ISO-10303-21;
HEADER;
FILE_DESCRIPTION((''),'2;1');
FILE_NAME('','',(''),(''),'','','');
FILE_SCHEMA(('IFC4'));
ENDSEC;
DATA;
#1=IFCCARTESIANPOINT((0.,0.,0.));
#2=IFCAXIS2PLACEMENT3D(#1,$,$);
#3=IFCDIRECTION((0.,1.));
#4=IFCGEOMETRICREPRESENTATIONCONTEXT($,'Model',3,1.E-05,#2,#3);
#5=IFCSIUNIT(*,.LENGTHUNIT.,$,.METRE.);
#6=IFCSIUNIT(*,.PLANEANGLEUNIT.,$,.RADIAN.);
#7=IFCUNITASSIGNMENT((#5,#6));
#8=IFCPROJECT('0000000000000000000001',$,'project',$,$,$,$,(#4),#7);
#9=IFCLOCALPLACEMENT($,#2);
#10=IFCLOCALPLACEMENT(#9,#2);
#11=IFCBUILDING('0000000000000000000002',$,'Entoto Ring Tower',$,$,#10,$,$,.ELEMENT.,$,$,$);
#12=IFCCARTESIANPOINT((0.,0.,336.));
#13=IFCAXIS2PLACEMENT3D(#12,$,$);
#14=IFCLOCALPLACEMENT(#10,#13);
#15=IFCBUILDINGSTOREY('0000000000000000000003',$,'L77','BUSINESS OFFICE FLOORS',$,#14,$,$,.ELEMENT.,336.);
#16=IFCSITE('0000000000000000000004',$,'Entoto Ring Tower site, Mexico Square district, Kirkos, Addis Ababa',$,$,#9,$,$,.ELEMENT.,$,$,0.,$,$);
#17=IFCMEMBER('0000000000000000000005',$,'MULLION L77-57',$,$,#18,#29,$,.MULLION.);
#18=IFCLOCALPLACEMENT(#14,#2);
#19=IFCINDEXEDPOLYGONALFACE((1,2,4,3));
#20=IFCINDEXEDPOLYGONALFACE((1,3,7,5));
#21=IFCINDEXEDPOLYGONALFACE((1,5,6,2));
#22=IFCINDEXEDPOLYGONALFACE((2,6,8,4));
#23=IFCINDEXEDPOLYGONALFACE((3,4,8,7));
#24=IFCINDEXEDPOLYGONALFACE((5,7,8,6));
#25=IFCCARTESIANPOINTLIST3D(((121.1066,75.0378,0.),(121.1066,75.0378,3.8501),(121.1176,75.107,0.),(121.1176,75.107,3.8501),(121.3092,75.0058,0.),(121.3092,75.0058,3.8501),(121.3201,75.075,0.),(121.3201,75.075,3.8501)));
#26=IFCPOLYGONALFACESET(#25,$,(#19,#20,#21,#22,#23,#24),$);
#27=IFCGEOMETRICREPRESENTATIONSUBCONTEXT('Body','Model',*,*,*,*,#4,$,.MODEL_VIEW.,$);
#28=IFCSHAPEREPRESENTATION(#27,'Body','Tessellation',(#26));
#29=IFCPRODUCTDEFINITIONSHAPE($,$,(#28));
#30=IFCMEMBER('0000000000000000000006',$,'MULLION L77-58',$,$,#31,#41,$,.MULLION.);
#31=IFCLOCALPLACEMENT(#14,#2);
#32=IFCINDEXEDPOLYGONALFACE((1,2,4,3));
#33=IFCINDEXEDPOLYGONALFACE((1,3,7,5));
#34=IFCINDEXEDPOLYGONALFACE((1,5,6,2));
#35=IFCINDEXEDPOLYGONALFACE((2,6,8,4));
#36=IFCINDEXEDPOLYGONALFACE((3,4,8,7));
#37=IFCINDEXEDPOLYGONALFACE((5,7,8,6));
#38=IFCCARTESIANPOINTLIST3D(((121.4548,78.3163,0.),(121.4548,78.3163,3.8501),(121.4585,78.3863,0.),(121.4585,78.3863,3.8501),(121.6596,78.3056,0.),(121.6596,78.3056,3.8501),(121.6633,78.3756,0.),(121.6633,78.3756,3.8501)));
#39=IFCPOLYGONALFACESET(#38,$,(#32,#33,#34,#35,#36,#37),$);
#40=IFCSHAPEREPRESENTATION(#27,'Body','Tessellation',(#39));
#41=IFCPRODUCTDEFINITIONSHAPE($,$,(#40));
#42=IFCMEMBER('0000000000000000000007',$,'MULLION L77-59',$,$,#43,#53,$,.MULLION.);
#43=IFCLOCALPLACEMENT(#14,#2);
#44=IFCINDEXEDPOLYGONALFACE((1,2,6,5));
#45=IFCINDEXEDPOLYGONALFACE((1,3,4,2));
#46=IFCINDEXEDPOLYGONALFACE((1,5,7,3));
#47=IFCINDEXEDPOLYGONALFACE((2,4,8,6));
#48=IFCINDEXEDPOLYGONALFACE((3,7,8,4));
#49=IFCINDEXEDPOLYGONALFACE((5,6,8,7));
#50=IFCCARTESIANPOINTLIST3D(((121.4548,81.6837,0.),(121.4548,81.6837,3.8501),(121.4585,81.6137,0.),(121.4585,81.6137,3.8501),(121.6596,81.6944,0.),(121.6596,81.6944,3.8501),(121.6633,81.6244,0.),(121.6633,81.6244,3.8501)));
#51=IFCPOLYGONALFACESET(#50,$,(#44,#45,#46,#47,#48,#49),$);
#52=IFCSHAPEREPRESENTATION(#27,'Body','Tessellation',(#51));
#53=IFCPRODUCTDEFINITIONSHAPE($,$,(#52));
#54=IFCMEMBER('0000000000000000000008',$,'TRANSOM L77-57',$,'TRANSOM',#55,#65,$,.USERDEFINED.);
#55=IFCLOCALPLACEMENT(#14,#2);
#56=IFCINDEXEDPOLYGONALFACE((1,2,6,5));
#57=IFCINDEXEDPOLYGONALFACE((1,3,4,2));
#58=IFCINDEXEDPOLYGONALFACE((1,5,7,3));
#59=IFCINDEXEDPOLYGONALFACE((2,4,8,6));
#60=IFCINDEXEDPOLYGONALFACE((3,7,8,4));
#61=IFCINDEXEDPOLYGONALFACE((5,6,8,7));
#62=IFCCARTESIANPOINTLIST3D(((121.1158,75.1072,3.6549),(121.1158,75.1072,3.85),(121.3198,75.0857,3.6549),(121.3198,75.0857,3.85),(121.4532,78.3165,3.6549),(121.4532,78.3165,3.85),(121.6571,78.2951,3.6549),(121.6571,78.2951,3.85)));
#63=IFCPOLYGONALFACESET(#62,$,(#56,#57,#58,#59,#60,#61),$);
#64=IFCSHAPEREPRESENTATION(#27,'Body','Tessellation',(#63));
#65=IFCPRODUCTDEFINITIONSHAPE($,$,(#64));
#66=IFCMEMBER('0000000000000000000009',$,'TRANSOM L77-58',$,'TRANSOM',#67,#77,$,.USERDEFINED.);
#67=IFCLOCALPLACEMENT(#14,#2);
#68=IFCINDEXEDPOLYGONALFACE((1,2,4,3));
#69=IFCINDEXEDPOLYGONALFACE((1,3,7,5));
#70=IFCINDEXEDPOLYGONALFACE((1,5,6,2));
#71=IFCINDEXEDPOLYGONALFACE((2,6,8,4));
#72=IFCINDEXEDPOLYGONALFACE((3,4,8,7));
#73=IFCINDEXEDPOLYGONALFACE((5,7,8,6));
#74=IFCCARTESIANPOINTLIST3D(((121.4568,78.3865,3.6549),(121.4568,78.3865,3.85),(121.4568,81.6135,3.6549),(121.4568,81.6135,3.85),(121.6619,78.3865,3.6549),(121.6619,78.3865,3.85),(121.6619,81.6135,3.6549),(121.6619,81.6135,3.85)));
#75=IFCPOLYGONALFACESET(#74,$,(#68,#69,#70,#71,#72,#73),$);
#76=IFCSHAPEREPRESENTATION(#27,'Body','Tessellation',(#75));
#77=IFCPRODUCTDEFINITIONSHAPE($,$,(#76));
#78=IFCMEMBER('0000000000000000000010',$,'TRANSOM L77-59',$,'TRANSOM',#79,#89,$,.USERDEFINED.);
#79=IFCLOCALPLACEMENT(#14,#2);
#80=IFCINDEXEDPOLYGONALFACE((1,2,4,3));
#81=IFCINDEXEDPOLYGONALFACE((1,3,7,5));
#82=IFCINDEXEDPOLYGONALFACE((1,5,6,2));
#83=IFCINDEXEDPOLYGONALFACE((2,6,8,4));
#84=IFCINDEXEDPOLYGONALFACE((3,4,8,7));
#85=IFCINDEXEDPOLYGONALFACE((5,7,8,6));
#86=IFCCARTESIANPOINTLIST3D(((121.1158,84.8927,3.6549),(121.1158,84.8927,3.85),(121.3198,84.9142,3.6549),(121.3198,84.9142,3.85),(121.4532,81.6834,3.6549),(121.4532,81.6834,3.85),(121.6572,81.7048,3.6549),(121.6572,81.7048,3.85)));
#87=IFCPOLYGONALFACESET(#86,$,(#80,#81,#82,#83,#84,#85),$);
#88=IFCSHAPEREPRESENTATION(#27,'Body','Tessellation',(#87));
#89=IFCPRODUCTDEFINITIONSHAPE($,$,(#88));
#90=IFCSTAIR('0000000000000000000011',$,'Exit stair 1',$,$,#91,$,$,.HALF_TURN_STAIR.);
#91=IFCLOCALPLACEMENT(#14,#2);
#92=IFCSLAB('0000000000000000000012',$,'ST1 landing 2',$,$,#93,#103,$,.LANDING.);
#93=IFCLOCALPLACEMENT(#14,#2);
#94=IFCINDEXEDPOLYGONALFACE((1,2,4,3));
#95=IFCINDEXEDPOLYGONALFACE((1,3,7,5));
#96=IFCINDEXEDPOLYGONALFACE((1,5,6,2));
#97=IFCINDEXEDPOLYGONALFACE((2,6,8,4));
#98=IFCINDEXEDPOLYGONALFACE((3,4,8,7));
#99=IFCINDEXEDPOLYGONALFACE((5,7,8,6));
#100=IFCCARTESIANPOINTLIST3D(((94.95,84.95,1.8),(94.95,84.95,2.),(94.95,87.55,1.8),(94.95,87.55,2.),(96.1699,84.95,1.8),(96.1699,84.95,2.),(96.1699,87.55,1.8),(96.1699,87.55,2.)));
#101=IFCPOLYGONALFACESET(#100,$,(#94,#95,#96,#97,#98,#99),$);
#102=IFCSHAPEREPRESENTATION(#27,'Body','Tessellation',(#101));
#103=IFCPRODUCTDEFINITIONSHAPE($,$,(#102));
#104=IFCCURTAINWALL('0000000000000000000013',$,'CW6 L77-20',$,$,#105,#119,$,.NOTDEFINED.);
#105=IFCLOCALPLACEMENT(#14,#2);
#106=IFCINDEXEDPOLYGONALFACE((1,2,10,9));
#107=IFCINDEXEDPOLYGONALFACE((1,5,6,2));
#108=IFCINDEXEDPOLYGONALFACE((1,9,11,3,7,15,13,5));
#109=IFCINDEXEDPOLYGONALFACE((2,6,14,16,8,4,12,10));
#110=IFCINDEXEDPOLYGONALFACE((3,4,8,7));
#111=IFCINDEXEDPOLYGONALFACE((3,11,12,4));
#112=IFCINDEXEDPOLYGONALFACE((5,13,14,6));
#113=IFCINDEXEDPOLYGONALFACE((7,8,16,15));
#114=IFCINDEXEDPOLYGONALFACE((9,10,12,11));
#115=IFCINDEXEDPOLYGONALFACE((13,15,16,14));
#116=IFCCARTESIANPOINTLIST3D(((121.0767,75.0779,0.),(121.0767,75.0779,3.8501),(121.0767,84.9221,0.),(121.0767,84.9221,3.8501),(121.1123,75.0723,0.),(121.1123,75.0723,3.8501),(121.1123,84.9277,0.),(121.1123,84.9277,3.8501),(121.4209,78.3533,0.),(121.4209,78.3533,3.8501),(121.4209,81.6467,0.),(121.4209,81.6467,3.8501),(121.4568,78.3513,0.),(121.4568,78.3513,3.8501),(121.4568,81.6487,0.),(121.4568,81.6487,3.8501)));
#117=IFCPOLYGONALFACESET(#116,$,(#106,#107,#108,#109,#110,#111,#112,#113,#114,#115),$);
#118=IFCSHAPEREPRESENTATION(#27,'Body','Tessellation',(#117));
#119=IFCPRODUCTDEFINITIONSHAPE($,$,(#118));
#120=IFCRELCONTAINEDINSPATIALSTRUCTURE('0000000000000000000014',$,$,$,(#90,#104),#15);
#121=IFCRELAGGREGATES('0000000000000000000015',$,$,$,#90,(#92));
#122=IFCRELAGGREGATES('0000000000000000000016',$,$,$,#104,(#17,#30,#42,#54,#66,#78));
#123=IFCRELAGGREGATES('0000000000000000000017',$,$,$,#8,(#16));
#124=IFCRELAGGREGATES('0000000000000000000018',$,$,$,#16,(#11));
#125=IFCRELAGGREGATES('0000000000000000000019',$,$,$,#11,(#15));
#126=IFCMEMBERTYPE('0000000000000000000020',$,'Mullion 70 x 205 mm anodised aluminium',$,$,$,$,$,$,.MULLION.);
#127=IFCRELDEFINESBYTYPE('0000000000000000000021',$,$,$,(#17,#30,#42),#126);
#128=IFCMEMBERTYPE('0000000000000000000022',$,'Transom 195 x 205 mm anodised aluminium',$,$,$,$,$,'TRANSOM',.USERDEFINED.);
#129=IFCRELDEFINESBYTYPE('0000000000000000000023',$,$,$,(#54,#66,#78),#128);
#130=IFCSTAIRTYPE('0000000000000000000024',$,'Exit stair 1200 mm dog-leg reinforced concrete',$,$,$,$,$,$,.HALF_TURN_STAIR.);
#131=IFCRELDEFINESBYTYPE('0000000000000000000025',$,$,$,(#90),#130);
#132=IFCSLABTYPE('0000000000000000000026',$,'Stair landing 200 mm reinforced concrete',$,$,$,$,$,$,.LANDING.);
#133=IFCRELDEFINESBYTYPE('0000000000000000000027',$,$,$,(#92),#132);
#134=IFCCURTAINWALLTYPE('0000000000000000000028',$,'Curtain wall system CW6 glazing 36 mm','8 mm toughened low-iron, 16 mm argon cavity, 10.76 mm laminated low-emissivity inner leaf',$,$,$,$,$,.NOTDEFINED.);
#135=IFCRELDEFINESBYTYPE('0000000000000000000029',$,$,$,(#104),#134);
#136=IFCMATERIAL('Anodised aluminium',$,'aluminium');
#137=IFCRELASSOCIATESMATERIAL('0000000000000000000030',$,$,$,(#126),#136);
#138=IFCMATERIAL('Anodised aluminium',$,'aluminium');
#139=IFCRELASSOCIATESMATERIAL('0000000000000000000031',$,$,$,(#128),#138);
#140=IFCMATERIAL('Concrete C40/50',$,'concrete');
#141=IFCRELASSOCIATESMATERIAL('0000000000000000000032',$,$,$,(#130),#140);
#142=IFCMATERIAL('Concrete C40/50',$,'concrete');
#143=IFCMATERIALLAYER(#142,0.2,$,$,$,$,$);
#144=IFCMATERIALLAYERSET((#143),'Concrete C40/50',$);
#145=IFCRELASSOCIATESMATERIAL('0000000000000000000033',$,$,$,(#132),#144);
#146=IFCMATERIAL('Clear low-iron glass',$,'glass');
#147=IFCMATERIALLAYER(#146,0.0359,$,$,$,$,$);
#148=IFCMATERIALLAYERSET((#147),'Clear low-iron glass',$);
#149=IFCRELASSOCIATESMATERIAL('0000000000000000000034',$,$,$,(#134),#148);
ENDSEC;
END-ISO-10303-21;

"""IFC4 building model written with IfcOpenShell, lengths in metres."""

from ifc_helpers import new_model, si_unit, direction, frame, origin, origin_2d, place, context, subcontext, project, spatial, polyline, rectangle, outline, extrude, material, layer, layer_set, material_profile, profile_set, type_object, element, aggregate, save


model = new_model("IFC4")

# Units and contexts
model_context = context("Model", 3, precision=1e-05, world=origin(), true_north=direction((0.0, 1.0)))
body_context = subcontext(model_context, "Body", "Model", "MODEL_VIEW")
ifc_project = project(units=[si_unit("LENGTHUNIT", "METRE"), si_unit("PLANEANGLEUNIT", "RADIAN")], contexts=[model_context])

# Members
ifc_material_1 = material(Name="Anodised aluminium", Category="aluminium")
ifc_material_profile_1 = material_profile(ifc_material_1, rectangle(XDim=0.0701, YDim=0.2051, at=origin_2d()), Name="Mullion 70 x 205 mm anodised aluminium")
ifc_profile_set_1 = profile_set([ifc_material_profile_1], Name="Anodised aluminium")
member_type_1 = type_object("IfcMemberType", Name="Mullion 70 x 205 mm anodised aluminium", PredefinedType="MULLION", material=ifc_profile_set_1)
site_placement = place(None, origin())
building_placement = place(site_placement, origin())
storey_placement = place(building_placement, frame((0.0, 0.0, 336.0)))
member_1_placement = place(storey_placement, frame((121.2134, 75.0564, 0.0), z_axis=(0.0, 0.0, 1.0), x_axis=(0.156434, 0.987688, 0.0)))
member_1 = element("IfcMember", 1, at=member_1_placement, type_object=member_type_1, Name="MULLION L77-57", PredefinedType="MULLION", context=body_context, shape_type="SweptSolid", body=[
    extrude(rectangle(XDim=0.0701, YDim=0.2051, at=origin_2d()), origin(), (0.0, 0.0, 1.0), 3.8501),
])
member_2_placement = place(storey_placement, frame((121.5591, 78.3459, 0.0), z_axis=(0.0, 0.0, 1.0), x_axis=(0.052336, 0.99863, 0.0)))
member_2 = element("IfcMember", 2, at=member_2_placement, type_object=member_type_1, Name="MULLION L77-58", PredefinedType="MULLION", context=body_context, shape_type="SweptSolid", body=[
    extrude(rectangle(XDim=0.0701, YDim=0.2051, at=origin_2d()), origin(), (0.0, 0.0, 1.0), 3.8501),
])
member_3_placement = place(storey_placement, frame((121.5591, 81.6541, 0.0), z_axis=(0.0, 0.0, 1.0), x_axis=(-0.052336, 0.99863, 0.0)))
member_3 = element("IfcMember", 3, at=member_3_placement, type_object=member_type_1, Name="MULLION L77-59", PredefinedType="MULLION", context=body_context, shape_type="SweptSolid", body=[
    extrude(rectangle(XDim=0.0701, YDim=0.2051, at=origin_2d()), origin(), (0.0, 0.0, 1.0), 3.8501),
])
ifc_material_2 = material(Name="Anodised aluminium", Category="aluminium")
ifc_material_profile_2 = material_profile(ifc_material_2, rectangle(XDim=0.2051, YDim=0.1951, at=origin_2d()), Name="Transom 195 x 205 mm anodised aluminium")
ifc_profile_set_2 = profile_set([ifc_material_profile_2], Name="Anodised aluminium")
member_type_2 = type_object("IfcMemberType", Name="Transom 195 x 205 mm anodised aluminium", ElementType="TRANSOM", PredefinedType="USERDEFINED", material=ifc_profile_set_2)
member_4_placement = place(storey_placement, frame((121.2178, 75.0964, 3.7524), z_axis=(0.104551, 0.99452, 0.0), x_axis=(-0.99452, 0.104551, 0.0)))
member_4 = element("IfcMember", 4, at=member_4_placement, type_object=member_type_2, Name="TRANSOM L77-57", ObjectType="TRANSOM", PredefinedType="USERDEFINED", context=body_context, shape_type="SweptSolid", body=[
    extrude(rectangle(XDim=0.2051, YDim=0.1951, at=origin_2d()), origin(), (0.0, 0.0, 1.0), 3.2271),
])
member_5_placement = place(storey_placement, frame((121.5593, 78.3865, 3.7524), z_axis=(0.0, 1.0, 0.0), x_axis=(-1.0, 0.0, 0.0)))
member_5 = element("IfcMember", 5, at=member_5_placement, type_object=member_type_2, Name="TRANSOM L77-58", ObjectType="TRANSOM", PredefinedType="USERDEFINED", context=body_context, shape_type="SweptSolid", body=[
    extrude(rectangle(XDim=0.2051, YDim=0.1951, at=origin_2d()), origin(), (0.0, 0.0, 1.0), 3.2271),
])
member_6_placement = place(storey_placement, frame((121.5552, 81.6941, 3.7524), z_axis=(-0.104551, 0.99452, 0.0), x_axis=(-0.99452, -0.104551, 0.0)))
member_6 = element("IfcMember", 6, at=member_6_placement, type_object=member_type_2, Name="TRANSOM L77-59", ObjectType="TRANSOM", PredefinedType="USERDEFINED", context=body_context, shape_type="SweptSolid", body=[
    extrude(rectangle(XDim=0.2051, YDim=0.1951, at=origin_2d()), origin(), (0.0, 0.0, 1.0), 3.2271),
])

# Site, building, storey
site = spatial("IfcSite", under=ifc_project, at=site_placement, Name="Entoto Ring Tower site, Mexico Square district, Kirkos, Addis Ababa", CompositionType="ELEMENT", RefElevation=0.0)
building = spatial("IfcBuilding", under=site, at=building_placement, Name="Entoto Ring Tower", CompositionType="ELEMENT")
storey = spatial("IfcBuildingStorey", under=building, at=storey_placement, Name="L77", Description="BUSINESS OFFICE FLOORS", CompositionType="ELEMENT", Elevation=336.0)

# Stair, slab
ifc_material_3 = material(Name="Concrete C40/50", Category="concrete")
stair_type = type_object("IfcStairType", Name="Exit stair 1200 mm dog-leg reinforced concrete", PredefinedType="HALF_TURN_STAIR", material=ifc_material_3)
stair_placement = place(storey_placement, origin())
stair = element("IfcStair", 7, at=stair_placement, inside=storey, type_object=stair_type, Name="Exit stair 1", PredefinedType="HALF_TURN_STAIR")
ifc_material_4 = material(Name="Concrete C40/50", Category="concrete")
ifc_layer_1 = layer(ifc_material_4, 0.2)
ifc_layer_set_1 = layer_set([ifc_layer_1], Name="Concrete C40/50")
slab_type = type_object("IfcSlabType", Name="Stair landing 200 mm reinforced concrete", PredefinedType="LANDING", material=ifc_layer_set_1)
slab_placement = place(storey_placement, frame((0.0, 0.0, 1.8)))
slab = element("IfcSlab", 8, at=slab_placement, type_object=slab_type, Name="ST1 landing 2", PredefinedType="LANDING", context=body_context, shape_type="SweptSolid", body=[
    extrude(outline(polyline([(94.95, 84.95), (96.1699, 84.95), (96.1699, 87.55), (94.95, 87.55), (94.95, 84.95)])), origin(), (0.0, 0.0, 1.0), 0.2),
])
aggregate(stair, [slab])

# Curtain wall
ifc_material_5 = material(Name="Clear low-iron glass", Category="glass")
ifc_layer_2 = layer(ifc_material_5, 0.0359)
ifc_layer_set_2 = layer_set([ifc_layer_2], Name="Clear low-iron glass")
curtain_wall_type = type_object("IfcCurtainWallType", Name="Curtain wall system CW6 glazing 36 mm", Description="8 mm toughened low-iron, 16 mm argon cavity, 10.76 mm laminated low-emissivity inner leaf", PredefinedType="NOTDEFINED", material=ifc_layer_set_2)
curtain_wall_1_placement = place(storey_placement, origin())
curtain_wall_1 = element("IfcCurtainWall", 9, at=curtain_wall_1_placement, inside=storey, type_object=curtain_wall_type, Name="CW6 L77-20", PredefinedType="NOTDEFINED", context=body_context, shape_type="SweptSolid", body=[
    extrude(outline(polyline([(121.1123, 75.0723), (121.4568, 78.3513), (121.4568, 81.6487), (121.1123, 84.9277), (121.0767, 84.9221), (121.4209, 81.6467), (121.4209, 78.3533), (121.0767, 75.0779), (121.1123, 75.0723)])), origin(), (0.0, 0.0, 1.0), 3.8501),
])
aggregate(curtain_wall_1, [member_1, member_2, member_3, member_4, member_5, member_6])

save(model, "model.ifc")
